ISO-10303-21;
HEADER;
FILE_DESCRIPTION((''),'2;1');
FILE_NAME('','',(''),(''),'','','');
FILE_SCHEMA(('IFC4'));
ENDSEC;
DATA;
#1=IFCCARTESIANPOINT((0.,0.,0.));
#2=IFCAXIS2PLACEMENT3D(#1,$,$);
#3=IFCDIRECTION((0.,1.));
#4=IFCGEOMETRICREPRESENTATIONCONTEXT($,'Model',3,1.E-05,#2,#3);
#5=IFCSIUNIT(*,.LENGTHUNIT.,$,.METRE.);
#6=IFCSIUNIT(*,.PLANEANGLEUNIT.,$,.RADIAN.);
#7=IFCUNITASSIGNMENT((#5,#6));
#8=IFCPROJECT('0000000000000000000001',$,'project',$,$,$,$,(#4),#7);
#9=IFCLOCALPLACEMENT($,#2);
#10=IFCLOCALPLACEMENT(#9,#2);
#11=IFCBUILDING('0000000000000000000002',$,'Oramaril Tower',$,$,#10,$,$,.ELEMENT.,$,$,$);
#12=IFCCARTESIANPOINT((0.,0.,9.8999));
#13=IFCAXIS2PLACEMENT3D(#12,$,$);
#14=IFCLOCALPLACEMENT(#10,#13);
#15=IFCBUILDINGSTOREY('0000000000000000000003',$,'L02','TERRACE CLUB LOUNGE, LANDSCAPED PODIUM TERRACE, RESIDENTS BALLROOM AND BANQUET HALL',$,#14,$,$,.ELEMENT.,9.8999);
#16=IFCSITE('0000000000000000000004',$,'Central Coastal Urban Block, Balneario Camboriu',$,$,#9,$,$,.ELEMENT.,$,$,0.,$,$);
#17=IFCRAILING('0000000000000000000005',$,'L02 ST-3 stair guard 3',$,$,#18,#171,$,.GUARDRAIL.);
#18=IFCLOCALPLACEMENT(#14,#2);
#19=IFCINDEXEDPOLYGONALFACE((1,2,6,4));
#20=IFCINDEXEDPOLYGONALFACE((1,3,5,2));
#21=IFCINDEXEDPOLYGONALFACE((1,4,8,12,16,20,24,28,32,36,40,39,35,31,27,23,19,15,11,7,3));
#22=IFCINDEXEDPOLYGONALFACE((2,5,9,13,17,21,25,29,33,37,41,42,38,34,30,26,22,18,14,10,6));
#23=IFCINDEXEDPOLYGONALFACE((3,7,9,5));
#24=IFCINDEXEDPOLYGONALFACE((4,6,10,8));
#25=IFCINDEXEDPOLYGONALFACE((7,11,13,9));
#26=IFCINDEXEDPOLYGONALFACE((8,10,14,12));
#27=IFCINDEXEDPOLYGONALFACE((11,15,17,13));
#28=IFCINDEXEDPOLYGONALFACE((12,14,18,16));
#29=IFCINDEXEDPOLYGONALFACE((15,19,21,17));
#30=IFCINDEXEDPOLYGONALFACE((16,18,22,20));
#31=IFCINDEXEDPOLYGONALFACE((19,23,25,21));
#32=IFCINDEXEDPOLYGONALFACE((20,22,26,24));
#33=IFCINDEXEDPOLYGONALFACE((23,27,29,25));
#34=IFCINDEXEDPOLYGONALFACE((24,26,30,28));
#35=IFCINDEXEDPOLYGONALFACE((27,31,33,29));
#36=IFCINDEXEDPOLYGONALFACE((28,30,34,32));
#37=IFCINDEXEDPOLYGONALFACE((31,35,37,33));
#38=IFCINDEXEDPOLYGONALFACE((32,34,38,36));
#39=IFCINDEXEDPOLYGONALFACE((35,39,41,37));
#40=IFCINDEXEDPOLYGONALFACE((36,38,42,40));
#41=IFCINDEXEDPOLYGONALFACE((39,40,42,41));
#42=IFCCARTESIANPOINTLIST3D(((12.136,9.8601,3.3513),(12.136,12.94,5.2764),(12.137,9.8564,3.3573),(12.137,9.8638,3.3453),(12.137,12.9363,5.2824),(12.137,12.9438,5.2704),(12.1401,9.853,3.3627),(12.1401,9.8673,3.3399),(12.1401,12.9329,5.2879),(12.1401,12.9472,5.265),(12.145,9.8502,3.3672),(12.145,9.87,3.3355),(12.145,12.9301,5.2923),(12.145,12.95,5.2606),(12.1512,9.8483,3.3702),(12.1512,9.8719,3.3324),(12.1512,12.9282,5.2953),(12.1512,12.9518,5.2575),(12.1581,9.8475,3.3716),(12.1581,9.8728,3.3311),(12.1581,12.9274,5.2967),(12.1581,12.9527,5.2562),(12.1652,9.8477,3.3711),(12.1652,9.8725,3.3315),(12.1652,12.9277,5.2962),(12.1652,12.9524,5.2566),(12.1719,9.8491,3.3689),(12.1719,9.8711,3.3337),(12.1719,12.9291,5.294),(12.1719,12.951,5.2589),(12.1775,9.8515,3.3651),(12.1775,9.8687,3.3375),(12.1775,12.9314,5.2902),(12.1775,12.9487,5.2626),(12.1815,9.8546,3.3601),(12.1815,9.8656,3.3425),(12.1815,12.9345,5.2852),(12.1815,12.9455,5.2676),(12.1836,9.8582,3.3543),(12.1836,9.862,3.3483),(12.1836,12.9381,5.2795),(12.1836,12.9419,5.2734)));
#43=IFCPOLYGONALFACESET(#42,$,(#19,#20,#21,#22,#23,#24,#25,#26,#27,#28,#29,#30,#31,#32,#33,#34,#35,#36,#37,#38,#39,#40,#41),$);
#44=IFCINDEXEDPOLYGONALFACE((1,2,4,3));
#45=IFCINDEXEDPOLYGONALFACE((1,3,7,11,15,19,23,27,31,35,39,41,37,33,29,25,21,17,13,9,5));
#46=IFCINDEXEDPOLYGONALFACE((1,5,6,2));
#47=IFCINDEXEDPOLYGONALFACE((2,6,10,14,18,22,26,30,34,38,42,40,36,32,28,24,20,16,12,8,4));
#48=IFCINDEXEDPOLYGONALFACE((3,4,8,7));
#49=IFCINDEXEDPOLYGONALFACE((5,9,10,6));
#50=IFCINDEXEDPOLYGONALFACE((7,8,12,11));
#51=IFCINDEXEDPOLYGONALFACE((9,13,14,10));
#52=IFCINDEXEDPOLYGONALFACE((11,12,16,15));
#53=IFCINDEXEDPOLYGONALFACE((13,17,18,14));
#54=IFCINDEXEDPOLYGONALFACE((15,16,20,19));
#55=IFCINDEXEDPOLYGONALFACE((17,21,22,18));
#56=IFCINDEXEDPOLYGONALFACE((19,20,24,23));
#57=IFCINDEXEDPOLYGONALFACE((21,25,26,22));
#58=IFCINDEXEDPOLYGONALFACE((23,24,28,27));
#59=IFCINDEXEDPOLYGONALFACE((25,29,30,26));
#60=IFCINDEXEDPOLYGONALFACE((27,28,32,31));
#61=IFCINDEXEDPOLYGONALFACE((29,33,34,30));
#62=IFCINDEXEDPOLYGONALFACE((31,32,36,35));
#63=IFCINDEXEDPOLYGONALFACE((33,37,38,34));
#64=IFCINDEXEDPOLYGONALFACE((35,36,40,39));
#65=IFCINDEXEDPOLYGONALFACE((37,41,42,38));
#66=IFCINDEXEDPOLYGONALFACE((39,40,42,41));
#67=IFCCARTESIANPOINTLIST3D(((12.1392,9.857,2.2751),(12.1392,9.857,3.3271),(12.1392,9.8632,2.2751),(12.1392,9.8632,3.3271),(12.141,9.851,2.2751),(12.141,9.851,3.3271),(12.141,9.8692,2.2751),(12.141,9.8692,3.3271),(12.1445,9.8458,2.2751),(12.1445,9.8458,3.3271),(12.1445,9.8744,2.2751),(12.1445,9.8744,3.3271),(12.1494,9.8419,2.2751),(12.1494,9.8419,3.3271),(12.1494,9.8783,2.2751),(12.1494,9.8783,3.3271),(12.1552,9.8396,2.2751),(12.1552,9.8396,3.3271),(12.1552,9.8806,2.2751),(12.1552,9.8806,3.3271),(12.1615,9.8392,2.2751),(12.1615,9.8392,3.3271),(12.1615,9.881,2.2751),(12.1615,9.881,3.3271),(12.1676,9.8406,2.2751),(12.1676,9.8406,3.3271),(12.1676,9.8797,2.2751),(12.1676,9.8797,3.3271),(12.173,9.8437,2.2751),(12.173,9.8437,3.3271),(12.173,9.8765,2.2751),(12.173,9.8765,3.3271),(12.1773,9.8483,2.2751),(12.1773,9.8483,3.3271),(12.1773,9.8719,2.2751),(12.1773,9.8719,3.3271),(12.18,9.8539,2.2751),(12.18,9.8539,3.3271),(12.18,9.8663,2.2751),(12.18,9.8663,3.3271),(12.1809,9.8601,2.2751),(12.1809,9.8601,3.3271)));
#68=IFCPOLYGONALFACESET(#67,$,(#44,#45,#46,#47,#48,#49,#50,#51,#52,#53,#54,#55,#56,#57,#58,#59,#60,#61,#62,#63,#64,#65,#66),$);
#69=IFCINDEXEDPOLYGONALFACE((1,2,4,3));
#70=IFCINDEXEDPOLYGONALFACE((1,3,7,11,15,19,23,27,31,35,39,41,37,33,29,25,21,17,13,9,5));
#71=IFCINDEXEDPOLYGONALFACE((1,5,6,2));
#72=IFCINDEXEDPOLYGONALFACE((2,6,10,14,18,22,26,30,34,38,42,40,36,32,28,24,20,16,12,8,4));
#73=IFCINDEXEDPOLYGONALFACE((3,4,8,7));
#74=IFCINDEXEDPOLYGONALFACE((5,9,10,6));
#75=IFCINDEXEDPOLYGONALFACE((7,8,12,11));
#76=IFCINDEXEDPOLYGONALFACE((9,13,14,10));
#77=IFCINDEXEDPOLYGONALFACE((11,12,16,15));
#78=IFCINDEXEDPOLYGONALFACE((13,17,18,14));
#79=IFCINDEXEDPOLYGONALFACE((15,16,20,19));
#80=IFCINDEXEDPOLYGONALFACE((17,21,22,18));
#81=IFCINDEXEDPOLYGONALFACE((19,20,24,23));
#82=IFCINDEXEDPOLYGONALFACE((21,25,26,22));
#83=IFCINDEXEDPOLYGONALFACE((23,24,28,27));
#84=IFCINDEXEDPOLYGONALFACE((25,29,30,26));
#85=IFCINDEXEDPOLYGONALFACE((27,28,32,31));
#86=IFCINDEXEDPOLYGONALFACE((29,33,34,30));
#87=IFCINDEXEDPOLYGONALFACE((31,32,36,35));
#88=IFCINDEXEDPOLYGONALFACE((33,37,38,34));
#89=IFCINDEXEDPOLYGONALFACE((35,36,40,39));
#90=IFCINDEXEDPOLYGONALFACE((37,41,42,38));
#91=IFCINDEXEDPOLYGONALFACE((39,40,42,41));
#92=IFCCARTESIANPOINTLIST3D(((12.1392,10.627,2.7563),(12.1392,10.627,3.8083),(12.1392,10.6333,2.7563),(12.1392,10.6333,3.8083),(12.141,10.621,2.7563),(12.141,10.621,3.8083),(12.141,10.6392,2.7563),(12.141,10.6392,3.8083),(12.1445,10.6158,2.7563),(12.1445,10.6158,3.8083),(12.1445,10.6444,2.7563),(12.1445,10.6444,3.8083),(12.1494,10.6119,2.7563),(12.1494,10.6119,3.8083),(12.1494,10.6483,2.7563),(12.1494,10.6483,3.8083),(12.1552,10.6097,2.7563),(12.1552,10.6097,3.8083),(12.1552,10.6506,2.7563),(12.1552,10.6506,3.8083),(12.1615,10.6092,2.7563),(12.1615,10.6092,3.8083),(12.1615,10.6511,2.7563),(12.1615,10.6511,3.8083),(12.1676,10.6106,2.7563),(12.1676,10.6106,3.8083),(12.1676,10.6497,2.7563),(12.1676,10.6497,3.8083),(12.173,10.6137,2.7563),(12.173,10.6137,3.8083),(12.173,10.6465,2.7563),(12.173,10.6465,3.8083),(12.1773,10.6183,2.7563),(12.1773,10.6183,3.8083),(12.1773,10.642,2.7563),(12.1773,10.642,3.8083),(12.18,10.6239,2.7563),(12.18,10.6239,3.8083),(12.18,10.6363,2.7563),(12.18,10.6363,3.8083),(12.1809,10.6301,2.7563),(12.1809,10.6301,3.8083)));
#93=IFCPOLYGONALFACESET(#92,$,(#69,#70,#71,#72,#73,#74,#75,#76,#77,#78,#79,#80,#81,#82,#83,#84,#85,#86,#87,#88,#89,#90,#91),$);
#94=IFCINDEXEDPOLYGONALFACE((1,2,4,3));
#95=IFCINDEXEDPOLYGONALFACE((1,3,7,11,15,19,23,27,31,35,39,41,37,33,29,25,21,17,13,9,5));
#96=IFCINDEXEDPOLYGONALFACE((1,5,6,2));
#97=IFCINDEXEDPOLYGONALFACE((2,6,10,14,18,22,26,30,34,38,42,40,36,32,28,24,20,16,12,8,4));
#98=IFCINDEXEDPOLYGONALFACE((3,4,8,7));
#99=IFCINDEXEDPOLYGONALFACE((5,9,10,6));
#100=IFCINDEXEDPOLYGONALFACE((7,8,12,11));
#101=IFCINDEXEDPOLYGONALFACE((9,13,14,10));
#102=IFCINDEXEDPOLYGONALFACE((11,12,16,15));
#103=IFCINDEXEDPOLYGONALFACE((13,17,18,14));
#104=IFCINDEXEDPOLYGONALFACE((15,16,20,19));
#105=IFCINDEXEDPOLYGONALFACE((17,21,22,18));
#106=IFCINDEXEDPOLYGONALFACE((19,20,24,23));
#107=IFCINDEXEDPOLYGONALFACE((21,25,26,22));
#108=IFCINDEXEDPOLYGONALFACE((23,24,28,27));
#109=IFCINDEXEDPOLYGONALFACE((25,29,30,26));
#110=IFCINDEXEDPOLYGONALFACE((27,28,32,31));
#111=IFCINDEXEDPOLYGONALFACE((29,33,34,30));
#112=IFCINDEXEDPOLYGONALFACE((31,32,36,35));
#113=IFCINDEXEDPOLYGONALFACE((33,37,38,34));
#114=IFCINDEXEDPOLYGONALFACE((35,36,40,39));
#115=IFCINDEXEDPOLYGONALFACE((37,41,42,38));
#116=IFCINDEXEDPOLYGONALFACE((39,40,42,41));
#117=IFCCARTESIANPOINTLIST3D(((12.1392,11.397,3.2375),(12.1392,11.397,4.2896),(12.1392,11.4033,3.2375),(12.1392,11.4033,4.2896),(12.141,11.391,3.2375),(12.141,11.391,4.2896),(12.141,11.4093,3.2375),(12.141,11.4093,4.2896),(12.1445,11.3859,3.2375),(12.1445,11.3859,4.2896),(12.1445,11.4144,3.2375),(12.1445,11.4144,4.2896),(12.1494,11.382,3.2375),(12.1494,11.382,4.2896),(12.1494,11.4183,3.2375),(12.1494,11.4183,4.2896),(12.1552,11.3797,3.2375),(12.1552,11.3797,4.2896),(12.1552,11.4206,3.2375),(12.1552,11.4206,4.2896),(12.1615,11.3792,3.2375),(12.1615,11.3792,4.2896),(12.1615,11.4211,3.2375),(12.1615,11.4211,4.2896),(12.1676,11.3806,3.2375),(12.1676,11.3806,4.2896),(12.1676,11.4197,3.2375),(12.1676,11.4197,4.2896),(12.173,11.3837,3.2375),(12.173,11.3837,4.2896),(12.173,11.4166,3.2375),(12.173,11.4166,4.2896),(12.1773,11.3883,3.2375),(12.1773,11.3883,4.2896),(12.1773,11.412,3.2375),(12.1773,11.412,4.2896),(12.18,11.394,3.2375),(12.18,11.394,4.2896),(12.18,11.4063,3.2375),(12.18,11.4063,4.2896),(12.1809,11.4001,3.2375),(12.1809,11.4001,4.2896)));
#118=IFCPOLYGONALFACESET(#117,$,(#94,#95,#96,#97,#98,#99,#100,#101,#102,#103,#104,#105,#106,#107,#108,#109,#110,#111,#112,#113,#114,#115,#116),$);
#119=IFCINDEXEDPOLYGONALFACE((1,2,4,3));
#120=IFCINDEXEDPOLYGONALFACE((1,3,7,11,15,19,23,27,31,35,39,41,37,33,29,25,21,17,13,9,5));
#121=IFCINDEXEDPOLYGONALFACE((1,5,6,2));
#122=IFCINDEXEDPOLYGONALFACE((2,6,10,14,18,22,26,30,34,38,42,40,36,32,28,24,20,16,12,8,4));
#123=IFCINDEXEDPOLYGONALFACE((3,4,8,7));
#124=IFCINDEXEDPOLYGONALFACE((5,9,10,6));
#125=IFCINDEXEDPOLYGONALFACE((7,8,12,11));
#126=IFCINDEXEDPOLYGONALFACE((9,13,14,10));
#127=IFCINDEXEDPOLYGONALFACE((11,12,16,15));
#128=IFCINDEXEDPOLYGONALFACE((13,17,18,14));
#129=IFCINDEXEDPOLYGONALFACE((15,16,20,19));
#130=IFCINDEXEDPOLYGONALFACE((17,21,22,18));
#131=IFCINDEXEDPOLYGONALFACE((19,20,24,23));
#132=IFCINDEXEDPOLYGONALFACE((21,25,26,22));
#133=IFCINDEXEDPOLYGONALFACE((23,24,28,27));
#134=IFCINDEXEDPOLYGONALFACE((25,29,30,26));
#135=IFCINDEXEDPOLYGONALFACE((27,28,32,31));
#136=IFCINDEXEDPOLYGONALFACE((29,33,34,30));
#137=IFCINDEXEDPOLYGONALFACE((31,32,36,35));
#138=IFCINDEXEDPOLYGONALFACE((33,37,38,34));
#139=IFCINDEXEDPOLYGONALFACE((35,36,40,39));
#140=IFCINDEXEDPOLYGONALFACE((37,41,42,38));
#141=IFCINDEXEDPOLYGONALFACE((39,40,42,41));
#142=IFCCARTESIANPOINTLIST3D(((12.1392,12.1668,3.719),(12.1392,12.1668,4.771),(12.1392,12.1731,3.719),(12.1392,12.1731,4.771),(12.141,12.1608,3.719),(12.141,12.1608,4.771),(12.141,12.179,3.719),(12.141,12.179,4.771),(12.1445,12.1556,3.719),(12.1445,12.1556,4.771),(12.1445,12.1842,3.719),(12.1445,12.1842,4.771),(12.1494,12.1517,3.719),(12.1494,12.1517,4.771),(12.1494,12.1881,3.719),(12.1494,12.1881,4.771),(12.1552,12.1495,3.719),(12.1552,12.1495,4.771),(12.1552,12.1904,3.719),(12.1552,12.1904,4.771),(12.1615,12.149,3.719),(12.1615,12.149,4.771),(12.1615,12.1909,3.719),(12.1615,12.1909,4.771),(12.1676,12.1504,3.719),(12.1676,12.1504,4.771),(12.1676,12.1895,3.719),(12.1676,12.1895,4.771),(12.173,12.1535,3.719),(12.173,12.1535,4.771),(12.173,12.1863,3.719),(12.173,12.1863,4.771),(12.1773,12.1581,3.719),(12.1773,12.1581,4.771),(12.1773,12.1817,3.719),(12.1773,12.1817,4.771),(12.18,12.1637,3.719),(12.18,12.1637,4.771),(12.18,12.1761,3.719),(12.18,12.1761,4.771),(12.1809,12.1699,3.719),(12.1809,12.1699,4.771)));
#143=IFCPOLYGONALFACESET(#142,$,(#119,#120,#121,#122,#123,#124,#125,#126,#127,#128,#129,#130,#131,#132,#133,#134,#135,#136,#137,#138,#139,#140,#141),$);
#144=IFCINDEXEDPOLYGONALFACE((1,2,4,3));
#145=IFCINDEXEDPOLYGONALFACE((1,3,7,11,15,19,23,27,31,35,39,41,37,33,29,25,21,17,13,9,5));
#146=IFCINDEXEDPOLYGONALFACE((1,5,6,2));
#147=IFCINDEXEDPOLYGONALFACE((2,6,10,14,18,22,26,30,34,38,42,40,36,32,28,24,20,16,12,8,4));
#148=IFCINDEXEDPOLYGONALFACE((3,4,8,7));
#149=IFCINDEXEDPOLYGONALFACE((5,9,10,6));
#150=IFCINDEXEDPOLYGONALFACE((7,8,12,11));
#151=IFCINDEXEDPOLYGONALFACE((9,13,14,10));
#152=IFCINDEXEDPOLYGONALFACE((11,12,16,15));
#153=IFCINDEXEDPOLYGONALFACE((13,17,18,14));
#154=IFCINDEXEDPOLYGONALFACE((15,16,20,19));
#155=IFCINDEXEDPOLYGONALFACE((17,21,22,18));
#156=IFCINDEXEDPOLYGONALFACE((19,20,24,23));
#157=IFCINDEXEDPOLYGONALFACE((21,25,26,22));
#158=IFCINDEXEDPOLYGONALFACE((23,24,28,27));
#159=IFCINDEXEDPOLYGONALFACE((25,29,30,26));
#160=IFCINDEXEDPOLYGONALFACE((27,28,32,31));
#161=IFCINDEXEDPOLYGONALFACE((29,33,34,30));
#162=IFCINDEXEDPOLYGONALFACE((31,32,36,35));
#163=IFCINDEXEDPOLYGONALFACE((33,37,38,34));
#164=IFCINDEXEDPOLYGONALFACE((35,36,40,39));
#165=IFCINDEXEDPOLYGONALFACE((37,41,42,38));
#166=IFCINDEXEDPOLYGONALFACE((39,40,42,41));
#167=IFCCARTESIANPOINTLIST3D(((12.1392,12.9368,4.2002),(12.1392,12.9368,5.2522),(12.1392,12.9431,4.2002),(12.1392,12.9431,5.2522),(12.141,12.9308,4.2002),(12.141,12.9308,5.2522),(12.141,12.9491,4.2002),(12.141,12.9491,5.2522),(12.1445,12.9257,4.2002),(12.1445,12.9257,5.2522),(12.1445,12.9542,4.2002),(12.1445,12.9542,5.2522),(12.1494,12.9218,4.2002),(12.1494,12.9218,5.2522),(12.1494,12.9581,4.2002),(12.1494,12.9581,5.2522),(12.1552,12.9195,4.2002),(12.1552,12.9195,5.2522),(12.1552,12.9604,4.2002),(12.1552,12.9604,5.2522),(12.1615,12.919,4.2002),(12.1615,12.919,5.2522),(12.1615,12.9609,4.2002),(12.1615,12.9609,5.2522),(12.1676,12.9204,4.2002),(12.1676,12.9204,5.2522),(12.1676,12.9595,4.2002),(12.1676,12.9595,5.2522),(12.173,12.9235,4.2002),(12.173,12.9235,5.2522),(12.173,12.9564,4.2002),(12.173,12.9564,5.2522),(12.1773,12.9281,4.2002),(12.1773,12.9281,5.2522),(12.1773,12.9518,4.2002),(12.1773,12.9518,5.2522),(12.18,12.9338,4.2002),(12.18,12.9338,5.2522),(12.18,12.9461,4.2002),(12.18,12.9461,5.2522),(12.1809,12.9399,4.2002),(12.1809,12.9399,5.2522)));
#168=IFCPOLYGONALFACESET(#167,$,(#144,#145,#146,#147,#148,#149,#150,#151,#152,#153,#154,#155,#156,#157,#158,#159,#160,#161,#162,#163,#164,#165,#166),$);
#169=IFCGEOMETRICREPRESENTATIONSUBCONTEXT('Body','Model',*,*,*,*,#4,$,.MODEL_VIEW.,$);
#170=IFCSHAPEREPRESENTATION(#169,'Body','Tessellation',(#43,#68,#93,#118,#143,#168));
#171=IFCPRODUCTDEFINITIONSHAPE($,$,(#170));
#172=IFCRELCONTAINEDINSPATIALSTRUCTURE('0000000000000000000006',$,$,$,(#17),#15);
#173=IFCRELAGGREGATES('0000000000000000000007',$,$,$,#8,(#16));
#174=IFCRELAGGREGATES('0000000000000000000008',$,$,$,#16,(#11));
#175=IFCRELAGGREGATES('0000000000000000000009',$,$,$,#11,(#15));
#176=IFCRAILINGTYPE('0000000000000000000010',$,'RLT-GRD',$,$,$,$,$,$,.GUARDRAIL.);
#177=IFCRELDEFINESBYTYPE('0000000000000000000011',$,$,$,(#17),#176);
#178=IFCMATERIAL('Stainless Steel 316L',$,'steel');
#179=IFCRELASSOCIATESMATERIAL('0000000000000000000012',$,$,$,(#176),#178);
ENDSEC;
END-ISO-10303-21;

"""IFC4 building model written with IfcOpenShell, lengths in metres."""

from ifc_helpers import new_model, si_unit, direction, frame, origin, origin_2d, place, context, subcontext, project, spatial, circle, extrude, material, type_object, element, save


model = new_model("IFC4")

# Units and contexts
model_context = context("Model", 3, precision=1e-05, world=origin(), true_north=direction((0.0, 1.0)))
body_context = subcontext(model_context, "Body", "Model", "MODEL_VIEW")
ifc_project = project(units=[si_unit("LENGTHUNIT", "METRE"), si_unit("PLANEANGLEUNIT", "RADIAN")], contexts=[model_context])

# Site, building, storey
site_placement = place(None, origin())
site = spatial("IfcSite", under=ifc_project, at=site_placement, Name="Central Coastal Urban Block, Balneario Camboriu", CompositionType="ELEMENT", RefElevation=0.0)
building_placement = place(site_placement, origin())
building = spatial("IfcBuilding", under=site, at=building_placement, Name="Oramaril Tower", CompositionType="ELEMENT")
storey_placement = place(building_placement, frame((0.0, 0.0, 9.8999)))
storey = spatial("IfcBuildingStorey", under=building, at=storey_placement, Name="L02", Description="TERRACE CLUB LOUNGE, LANDSCAPED PODIUM TERRACE, RESIDENTS BALLROOM AND BANQUET HALL", CompositionType="ELEMENT", Elevation=9.8999)

# Railing
ifc_material_1 = material(Name="Stainless Steel 316L", Category="steel")
railing_type_1 = type_object("IfcRailingType", Name="RLT-GRD", PredefinedType="GUARDRAIL", material=ifc_material_1)
railing_1_placement = place(storey_placement, frame((12.1599, 9.8601, 2.2751)))
element("IfcRailing", 1, at=railing_1_placement, inside=storey, type_object=railing_type_1, Name="L02 ST-3 stair guard 3", PredefinedType="GUARDRAIL", context=body_context, shape_type="SweptSolid", body=[
    extrude(circle(Radius=0.0239, at=origin_2d()), frame((0.0, 0.0, 1.0762), z_axis=(0.0, 0.847979, 0.530029), x_axis=(-1.0, 0.0, 0.0)), (0.0, 0.0, 1.0), 3.6321),
    extrude(circle(Radius=0.021, at=origin_2d()), origin(), (0.0, 0.0, 1.0), 1.052),
    extrude(circle(Radius=0.021, at=origin_2d()), frame((0.0, 0.77, 0.4812)), (0.0, 0.0, 1.0), 1.052),
    extrude(circle(Radius=0.021, at=origin_2d()), frame((0.0, 1.54, 0.9624)), (0.0, 0.0, 1.0), 1.052),
    extrude(circle(Radius=0.021, at=origin_2d()), frame((0.0, 2.3098, 1.4438)), (0.0, 0.0, 1.0), 1.052),
    extrude(circle(Radius=0.021, at=origin_2d()), frame((0.0, 3.0798, 1.925)), (0.0, 0.0, 1.0), 1.052),
])

save(model, "model.ifc")
